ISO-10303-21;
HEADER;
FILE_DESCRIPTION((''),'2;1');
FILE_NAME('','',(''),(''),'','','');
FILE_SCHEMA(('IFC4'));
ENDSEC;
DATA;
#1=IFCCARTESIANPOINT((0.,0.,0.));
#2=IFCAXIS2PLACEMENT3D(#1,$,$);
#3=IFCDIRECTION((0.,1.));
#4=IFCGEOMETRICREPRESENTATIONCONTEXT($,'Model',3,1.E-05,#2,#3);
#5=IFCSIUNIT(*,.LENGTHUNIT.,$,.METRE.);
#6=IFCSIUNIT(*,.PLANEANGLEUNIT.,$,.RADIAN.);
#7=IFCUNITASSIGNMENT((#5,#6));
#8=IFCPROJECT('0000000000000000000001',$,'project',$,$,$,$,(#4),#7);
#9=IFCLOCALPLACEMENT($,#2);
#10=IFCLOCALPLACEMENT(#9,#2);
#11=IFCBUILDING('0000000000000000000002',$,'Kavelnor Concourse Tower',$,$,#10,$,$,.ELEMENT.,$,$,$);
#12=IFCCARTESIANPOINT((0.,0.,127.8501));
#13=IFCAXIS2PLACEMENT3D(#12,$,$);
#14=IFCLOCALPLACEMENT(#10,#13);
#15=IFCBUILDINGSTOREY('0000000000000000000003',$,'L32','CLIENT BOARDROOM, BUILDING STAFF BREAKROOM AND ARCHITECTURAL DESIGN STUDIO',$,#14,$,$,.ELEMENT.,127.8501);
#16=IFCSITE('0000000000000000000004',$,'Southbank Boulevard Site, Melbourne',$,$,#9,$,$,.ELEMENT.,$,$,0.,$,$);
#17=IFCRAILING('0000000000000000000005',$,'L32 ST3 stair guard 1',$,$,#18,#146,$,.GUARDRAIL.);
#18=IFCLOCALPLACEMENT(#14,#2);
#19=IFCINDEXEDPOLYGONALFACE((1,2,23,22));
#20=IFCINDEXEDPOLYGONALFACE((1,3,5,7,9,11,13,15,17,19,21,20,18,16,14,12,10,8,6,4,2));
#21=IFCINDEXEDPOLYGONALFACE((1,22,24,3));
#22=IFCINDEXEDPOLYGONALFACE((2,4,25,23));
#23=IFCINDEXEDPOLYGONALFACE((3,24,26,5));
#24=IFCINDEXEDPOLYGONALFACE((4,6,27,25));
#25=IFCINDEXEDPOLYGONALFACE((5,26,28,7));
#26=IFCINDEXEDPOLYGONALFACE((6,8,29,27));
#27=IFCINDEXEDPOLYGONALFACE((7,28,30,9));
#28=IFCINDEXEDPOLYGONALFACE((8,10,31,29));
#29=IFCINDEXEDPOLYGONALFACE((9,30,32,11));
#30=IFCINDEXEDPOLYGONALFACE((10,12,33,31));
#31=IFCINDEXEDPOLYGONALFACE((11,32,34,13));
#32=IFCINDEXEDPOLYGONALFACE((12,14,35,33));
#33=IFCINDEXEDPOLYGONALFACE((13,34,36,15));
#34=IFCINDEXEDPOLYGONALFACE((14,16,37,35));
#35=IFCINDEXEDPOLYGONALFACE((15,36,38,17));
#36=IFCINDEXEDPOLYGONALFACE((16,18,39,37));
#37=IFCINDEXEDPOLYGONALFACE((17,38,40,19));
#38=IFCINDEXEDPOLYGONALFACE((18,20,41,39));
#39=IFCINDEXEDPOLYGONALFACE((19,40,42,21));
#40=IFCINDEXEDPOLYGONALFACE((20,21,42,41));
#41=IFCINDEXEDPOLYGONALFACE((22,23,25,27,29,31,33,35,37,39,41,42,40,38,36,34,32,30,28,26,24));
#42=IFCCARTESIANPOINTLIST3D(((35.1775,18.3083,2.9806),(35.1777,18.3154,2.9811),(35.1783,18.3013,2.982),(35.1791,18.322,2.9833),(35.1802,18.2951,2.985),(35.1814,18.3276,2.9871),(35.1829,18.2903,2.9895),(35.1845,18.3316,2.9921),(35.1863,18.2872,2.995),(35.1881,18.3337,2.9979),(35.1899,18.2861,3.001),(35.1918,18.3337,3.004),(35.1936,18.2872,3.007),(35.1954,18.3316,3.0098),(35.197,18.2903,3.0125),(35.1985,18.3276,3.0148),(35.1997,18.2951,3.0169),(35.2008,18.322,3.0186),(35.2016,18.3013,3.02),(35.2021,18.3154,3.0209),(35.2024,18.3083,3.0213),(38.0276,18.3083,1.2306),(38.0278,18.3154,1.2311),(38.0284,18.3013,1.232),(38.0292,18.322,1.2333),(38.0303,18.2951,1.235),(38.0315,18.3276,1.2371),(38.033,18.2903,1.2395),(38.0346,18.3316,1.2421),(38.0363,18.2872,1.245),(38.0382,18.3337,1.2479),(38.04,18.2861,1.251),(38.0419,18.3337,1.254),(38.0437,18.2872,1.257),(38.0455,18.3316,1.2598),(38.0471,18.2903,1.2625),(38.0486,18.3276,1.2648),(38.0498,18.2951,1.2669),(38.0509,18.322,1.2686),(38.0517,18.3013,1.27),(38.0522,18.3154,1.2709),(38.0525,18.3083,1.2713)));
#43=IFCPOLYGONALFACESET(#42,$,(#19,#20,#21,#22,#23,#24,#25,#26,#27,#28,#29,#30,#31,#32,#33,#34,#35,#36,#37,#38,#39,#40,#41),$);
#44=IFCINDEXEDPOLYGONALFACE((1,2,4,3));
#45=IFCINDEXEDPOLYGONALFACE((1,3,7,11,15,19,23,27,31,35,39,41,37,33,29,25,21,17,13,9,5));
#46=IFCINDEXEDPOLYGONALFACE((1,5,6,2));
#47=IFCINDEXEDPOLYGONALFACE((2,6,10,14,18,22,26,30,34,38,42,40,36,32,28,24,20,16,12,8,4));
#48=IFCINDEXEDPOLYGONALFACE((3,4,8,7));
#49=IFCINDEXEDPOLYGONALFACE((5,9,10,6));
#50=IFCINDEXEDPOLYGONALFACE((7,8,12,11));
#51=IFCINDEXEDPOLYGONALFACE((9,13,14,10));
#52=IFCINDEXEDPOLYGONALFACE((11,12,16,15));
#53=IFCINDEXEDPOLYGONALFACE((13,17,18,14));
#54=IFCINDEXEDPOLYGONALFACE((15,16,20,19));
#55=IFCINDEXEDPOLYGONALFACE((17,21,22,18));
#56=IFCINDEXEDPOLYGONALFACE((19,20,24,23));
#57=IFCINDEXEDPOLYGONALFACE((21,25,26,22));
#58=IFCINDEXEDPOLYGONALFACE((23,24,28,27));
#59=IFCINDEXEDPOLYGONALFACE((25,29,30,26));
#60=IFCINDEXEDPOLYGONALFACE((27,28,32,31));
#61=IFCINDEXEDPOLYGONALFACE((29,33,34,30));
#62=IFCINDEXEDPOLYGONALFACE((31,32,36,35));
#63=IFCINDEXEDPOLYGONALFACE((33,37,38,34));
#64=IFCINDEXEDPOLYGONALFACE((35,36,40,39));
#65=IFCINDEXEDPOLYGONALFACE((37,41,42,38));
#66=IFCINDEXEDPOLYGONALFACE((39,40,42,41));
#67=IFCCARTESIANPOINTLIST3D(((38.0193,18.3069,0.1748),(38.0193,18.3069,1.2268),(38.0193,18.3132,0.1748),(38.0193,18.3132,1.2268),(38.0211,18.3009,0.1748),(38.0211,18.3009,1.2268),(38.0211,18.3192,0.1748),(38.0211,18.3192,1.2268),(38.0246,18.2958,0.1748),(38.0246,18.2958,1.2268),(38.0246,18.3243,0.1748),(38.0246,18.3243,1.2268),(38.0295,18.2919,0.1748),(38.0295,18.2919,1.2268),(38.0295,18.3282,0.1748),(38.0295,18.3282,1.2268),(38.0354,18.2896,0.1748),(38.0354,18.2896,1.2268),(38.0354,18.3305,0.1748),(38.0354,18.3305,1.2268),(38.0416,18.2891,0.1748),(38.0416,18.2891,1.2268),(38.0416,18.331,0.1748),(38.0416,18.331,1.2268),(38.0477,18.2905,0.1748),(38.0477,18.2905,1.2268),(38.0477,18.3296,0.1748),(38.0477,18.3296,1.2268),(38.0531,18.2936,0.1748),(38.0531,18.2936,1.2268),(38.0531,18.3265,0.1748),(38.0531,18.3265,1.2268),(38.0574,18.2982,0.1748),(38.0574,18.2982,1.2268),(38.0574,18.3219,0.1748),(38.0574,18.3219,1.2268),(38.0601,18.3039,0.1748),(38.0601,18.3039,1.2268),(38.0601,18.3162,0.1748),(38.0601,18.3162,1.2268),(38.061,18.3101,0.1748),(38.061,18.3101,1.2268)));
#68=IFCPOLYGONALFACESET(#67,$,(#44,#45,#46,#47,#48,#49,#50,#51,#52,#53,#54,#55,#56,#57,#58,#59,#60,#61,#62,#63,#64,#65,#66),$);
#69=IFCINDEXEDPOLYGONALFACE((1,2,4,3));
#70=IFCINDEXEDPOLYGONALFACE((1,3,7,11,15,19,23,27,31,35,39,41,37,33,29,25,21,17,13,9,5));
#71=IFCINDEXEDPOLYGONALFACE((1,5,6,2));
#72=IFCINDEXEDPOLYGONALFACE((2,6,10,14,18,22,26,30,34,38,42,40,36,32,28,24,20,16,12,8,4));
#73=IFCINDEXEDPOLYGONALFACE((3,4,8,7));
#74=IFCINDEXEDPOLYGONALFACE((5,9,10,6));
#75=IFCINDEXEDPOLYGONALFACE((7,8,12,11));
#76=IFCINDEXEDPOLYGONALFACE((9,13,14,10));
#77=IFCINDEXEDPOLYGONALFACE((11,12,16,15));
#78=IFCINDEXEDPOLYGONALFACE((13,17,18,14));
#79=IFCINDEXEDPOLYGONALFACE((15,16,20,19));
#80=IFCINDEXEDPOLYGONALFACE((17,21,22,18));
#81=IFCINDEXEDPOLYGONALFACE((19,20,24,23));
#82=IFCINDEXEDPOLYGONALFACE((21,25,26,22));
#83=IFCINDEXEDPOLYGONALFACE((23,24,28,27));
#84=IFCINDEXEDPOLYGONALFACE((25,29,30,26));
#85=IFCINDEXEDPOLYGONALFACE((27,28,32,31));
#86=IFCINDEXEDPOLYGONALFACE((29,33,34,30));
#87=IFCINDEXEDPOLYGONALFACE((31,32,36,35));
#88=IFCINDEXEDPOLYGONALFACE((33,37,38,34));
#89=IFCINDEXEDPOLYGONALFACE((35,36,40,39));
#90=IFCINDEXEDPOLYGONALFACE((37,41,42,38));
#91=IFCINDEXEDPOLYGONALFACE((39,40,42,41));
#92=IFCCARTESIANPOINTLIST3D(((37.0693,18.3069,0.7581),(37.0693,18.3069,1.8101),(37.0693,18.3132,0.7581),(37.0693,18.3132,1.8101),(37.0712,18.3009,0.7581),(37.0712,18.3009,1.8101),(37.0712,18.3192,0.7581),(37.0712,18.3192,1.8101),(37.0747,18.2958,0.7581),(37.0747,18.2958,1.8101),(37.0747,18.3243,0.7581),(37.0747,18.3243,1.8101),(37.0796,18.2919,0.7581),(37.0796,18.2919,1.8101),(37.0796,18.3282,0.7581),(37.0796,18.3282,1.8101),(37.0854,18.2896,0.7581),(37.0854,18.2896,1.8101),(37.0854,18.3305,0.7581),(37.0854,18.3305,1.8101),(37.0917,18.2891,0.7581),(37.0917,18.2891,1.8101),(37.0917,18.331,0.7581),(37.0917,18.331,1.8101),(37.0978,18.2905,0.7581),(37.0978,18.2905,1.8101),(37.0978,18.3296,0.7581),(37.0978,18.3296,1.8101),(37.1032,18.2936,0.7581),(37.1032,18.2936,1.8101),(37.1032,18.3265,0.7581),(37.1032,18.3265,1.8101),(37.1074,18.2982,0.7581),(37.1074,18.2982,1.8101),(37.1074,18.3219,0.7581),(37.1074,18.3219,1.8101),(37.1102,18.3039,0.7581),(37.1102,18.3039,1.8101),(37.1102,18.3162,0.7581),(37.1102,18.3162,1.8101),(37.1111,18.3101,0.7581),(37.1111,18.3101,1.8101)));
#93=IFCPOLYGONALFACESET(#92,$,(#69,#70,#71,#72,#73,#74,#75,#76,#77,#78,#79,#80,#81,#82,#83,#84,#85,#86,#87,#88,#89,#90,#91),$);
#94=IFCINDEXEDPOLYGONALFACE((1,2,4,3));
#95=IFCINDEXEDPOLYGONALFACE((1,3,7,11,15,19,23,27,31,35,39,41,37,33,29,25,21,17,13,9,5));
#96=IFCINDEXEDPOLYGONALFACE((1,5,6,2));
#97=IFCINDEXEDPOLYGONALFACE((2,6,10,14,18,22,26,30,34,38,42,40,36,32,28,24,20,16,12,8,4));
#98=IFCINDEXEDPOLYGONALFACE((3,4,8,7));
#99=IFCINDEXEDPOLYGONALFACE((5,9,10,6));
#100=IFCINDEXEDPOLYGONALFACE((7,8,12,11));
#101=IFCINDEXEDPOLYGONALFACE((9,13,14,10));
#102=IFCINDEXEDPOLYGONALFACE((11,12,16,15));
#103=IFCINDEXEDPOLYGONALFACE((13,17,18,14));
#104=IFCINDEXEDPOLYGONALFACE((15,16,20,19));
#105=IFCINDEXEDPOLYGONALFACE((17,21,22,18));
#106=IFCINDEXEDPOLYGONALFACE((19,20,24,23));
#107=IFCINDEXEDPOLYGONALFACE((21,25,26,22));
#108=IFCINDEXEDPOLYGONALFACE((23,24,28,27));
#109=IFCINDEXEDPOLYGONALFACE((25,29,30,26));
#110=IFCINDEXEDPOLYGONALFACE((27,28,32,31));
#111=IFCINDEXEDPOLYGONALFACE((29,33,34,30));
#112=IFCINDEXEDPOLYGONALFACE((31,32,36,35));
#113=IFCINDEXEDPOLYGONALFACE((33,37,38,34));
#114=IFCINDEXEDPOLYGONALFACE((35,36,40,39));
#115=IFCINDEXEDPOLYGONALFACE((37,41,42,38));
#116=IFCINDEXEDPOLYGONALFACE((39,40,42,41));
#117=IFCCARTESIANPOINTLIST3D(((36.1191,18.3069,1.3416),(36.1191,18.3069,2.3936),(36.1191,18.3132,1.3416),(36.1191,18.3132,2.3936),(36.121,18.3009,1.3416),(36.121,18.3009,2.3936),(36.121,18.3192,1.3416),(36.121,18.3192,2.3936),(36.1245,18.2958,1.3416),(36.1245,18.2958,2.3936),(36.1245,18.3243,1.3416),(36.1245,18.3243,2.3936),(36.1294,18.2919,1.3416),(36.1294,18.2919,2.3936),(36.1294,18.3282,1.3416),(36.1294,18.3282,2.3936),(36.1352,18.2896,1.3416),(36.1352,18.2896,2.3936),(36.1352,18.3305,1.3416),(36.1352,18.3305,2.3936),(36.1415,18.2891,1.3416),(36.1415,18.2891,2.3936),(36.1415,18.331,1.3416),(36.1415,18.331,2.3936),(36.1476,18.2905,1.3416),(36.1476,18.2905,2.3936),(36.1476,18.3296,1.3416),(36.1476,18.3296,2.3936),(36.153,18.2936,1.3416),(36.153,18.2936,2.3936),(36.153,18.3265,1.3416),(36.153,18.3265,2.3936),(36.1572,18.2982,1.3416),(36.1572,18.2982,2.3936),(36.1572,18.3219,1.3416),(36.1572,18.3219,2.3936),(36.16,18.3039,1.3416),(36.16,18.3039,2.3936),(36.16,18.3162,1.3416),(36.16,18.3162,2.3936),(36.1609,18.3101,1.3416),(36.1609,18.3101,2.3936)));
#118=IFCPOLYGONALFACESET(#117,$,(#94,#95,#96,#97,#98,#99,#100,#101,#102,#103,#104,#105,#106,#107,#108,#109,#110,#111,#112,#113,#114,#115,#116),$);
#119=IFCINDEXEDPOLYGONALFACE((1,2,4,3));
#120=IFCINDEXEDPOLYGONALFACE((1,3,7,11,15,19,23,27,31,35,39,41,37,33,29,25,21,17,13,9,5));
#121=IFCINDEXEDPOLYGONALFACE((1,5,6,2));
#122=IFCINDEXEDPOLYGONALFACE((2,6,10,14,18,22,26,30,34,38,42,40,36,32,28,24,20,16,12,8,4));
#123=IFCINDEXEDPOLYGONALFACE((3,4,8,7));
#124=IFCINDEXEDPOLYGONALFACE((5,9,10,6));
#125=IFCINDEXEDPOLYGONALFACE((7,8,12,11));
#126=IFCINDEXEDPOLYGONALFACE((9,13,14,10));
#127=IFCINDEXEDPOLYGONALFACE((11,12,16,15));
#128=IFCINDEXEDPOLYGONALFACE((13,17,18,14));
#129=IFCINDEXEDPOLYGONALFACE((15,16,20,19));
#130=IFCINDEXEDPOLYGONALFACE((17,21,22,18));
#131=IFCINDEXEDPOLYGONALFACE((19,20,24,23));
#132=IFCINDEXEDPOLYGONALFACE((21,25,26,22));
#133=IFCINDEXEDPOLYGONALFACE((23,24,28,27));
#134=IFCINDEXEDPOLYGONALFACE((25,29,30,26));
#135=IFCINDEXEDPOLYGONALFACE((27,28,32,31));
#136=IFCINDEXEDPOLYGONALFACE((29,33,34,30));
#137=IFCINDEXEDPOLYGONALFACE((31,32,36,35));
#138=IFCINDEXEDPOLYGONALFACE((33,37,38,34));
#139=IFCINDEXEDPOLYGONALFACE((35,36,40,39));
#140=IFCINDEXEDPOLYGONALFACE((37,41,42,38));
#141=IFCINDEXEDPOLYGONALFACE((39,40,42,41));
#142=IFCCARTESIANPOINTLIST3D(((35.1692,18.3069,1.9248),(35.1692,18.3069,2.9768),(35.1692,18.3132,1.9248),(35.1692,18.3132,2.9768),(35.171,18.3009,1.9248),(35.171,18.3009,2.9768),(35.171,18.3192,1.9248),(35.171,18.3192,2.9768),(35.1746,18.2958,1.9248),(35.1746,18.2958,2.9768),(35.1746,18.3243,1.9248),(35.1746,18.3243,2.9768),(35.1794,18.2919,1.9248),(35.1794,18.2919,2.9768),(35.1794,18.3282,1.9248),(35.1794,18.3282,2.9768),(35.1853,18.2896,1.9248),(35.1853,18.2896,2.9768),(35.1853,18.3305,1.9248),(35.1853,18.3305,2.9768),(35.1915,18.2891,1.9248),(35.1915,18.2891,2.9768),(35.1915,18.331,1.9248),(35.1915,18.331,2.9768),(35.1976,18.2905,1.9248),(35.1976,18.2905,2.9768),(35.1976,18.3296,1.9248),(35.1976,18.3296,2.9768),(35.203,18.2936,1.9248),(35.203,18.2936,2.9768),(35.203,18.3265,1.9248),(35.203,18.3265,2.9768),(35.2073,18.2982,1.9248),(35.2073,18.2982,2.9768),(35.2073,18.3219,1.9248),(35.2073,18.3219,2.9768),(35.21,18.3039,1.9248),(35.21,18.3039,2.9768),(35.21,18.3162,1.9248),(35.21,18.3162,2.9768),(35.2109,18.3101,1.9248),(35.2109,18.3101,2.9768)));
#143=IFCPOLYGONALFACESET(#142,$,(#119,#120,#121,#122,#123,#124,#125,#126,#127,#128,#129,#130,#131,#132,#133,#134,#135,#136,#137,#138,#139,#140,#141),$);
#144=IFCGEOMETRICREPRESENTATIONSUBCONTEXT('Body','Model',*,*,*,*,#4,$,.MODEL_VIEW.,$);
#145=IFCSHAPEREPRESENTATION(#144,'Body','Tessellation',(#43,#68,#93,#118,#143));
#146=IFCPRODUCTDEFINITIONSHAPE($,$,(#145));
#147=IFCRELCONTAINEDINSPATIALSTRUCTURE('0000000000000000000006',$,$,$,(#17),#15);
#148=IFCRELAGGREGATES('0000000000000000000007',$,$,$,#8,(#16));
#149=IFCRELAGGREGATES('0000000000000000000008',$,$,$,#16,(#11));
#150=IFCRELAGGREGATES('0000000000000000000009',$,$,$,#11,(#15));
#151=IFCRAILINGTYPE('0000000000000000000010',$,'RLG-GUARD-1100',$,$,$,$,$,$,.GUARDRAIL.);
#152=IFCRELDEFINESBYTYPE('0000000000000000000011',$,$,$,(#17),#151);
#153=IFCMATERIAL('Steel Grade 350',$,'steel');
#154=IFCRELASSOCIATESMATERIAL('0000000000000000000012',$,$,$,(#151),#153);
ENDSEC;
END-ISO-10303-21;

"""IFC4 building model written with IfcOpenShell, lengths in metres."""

from ifc_helpers import new_model, si_unit, direction, frame, origin, origin_2d, place, context, subcontext, project, spatial, circle, extrude, material, type_object, element, save


model = new_model("IFC4")

# Units and contexts
model_context = context("Model", 3, precision=1e-05, world=origin(), true_north=direction((0.0, 1.0)))
body_context = subcontext(model_context, "Body", "Model", "MODEL_VIEW")
ifc_project = project(units=[si_unit("LENGTHUNIT", "METRE"), si_unit("PLANEANGLEUNIT", "RADIAN")], contexts=[model_context])

# Site, building, storey
site_placement = place(None, origin())
site = spatial("IfcSite", under=ifc_project, at=site_placement, Name="Southbank Boulevard Site, Melbourne", CompositionType="ELEMENT", RefElevation=0.0)
building_placement = place(site_placement, origin())
building = spatial("IfcBuilding", under=site, at=building_placement, Name="Kavelnor Concourse Tower", CompositionType="ELEMENT")
storey_placement = place(building_placement, frame((0.0, 0.0, 127.8501)))
storey = spatial("IfcBuildingStorey", under=building, at=storey_placement, Name="L32", Description="CLIENT BOARDROOM, BUILDING STAFF BREAKROOM AND ARCHITECTURAL DESIGN STUDIO", CompositionType="ELEMENT", Elevation=127.8501)

# Shared definitions
ifc_material_1 = material(Name="Steel Grade 350", Category="steel")

# Railing
railing_type_1 = type_object("IfcRailingType", Name="RLG-GUARD-1100", PredefinedType="GUARDRAIL", material=ifc_material_1)
railing_1_placement = place(storey_placement, frame((38.04, 18.3101, 0.1748)))
element("IfcRailing", 1, at=railing_1_placement, inside=storey, type_object=railing_type_1, Name="L32 ST3 stair guard 1", PredefinedType="GUARDRAIL", context=body_context, shape_type="SweptSolid", body=[
    extrude(circle(Radius=0.0239, at=origin_2d()), frame((0.0, 0.0, 1.0762), z_axis=(-0.852179, 0.0, 0.52325), x_axis=(0.0, -1.0, 0.0)), (0.0, 0.0, 1.0), 3.3445),
    extrude(circle(Radius=0.021, at=origin_2d()), origin(), (0.0, 0.0, 1.0), 1.052),
    extrude(circle(Radius=0.021, at=origin_2d()), frame((-0.95, 0.0, 0.5833)), (0.0, 0.0, 1.0), 1.052),
    extrude(circle(Radius=0.021, at=origin_2d()), frame((-1.9001, 0.0, 1.1667)), (0.0, 0.0, 1.0), 1.052),
    extrude(circle(Radius=0.021, at=origin_2d()), frame((-2.8501, 0.0, 1.75)), (0.0, 0.0, 1.0), 1.052),
])

save(model, "model.ifc")
